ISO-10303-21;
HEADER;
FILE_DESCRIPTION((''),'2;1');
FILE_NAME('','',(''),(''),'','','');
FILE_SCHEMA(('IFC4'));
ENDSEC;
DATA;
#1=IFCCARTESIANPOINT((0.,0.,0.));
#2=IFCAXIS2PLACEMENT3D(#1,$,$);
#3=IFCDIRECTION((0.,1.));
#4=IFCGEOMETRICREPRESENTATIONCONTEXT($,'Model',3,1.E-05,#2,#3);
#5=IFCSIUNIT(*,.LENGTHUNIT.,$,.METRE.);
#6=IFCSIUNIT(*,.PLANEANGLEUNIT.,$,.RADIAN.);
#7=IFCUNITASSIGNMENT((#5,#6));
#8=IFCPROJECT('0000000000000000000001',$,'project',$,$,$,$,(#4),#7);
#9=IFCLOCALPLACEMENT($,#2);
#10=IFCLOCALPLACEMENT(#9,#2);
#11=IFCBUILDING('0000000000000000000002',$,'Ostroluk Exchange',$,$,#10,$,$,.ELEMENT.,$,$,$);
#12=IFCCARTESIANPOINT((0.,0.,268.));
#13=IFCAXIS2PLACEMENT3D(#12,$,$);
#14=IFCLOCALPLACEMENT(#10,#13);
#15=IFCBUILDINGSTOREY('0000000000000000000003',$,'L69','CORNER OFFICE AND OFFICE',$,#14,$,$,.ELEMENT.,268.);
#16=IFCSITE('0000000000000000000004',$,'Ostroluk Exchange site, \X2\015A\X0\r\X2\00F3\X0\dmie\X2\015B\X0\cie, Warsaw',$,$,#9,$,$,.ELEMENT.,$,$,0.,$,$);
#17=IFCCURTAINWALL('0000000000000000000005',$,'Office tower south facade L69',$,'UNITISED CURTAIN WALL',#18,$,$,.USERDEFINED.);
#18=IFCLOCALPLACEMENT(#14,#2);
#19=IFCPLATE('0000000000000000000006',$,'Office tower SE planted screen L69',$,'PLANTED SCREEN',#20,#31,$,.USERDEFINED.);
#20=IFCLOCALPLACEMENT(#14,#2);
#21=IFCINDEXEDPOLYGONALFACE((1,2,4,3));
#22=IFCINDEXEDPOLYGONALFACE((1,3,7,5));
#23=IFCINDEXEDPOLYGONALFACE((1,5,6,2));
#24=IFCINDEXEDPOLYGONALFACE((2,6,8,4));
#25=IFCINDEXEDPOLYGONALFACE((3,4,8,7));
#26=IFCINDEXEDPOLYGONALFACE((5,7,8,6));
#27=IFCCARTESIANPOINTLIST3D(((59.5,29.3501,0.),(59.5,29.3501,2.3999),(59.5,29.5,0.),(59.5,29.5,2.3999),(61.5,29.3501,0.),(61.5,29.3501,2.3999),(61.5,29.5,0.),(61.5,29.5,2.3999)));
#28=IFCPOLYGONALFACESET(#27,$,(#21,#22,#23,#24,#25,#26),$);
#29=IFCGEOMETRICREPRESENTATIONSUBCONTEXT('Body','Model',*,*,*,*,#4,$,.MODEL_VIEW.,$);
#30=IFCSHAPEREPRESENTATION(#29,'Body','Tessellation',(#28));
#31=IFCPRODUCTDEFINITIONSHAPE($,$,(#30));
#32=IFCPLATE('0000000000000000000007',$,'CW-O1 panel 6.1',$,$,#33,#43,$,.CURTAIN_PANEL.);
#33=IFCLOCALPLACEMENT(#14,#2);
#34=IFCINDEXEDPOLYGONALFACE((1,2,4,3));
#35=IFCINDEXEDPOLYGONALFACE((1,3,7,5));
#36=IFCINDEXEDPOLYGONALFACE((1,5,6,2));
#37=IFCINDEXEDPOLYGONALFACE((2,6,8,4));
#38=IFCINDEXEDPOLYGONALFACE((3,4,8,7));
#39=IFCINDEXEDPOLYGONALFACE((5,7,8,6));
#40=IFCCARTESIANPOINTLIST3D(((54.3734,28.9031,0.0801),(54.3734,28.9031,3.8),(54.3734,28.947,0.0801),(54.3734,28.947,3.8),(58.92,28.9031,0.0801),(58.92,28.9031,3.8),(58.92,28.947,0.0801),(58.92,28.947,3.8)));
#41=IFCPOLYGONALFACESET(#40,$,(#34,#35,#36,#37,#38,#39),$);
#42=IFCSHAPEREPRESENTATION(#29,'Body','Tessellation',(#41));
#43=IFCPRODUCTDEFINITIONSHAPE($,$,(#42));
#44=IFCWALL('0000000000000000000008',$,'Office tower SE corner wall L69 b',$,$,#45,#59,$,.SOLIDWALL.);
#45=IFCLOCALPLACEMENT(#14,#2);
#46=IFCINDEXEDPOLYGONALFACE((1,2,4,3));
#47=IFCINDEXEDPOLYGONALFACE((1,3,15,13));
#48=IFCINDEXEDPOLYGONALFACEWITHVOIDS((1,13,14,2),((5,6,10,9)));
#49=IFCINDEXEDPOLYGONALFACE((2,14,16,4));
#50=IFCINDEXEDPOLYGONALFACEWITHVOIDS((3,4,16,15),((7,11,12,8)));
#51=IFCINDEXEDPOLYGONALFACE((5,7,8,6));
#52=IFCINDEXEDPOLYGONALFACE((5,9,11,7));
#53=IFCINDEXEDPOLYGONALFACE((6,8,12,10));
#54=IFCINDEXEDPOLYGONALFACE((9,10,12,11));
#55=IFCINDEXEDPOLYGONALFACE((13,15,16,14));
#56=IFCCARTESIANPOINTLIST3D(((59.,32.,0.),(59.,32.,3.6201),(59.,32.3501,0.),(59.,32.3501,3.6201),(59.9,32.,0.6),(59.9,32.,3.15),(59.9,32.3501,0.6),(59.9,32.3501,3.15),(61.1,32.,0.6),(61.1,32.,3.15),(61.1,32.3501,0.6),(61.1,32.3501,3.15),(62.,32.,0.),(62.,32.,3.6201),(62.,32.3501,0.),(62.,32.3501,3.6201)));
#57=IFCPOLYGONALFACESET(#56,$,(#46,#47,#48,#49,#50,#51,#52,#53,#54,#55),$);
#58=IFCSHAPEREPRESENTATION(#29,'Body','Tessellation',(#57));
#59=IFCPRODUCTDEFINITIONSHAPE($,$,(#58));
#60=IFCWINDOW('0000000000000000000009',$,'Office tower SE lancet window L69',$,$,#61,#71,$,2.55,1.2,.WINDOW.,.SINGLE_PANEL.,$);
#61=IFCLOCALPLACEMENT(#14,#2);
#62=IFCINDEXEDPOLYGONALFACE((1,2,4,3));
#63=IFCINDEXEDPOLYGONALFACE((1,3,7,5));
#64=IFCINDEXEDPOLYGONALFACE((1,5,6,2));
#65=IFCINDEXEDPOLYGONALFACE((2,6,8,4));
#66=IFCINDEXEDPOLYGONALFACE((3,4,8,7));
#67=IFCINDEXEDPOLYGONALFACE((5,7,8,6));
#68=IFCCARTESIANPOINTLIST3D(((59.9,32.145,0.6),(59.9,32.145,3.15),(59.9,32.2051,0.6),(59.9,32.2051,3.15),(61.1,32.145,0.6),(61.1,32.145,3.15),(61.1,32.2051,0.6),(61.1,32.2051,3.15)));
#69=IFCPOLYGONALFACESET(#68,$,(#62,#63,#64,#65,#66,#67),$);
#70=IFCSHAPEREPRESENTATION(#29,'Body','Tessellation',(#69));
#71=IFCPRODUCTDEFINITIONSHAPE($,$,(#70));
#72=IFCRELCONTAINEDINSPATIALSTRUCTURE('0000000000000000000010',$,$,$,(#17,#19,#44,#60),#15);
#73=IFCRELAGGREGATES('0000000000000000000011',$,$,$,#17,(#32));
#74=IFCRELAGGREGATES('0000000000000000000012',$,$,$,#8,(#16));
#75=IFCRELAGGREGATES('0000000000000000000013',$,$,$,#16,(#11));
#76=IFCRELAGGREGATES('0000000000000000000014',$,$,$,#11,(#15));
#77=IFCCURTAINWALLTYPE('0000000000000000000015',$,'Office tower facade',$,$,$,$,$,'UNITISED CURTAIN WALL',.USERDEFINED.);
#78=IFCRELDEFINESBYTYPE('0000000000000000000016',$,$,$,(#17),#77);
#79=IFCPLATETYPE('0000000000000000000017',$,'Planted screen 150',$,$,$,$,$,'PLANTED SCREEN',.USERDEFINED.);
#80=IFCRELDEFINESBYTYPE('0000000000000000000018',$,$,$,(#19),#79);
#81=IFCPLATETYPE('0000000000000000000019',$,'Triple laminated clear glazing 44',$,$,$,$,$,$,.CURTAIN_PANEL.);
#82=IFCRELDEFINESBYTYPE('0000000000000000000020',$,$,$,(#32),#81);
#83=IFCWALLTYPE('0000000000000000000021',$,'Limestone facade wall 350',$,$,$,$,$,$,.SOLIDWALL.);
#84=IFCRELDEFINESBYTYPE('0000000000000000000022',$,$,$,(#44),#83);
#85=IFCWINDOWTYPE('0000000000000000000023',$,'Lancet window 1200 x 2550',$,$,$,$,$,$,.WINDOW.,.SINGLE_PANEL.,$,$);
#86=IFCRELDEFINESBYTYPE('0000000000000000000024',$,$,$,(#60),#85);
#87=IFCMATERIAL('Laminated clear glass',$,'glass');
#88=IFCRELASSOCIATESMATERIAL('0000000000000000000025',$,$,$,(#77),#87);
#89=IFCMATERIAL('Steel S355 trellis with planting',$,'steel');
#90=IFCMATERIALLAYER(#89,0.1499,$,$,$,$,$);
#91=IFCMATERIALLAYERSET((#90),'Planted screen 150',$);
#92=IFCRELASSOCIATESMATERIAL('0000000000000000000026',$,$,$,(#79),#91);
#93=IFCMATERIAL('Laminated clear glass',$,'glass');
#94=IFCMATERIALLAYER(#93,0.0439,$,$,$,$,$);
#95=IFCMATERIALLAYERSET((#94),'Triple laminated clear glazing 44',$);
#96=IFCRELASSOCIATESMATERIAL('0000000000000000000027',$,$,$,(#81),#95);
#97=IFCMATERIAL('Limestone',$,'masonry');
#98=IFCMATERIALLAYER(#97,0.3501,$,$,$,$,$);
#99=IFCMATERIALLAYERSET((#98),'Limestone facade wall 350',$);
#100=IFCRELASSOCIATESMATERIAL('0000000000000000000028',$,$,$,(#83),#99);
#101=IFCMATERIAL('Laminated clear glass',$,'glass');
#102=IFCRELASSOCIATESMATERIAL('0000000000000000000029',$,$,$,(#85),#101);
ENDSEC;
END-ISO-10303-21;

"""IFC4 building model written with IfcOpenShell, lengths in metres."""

from ifc_helpers import new_model, si_unit, direction, frame, frame_2d, origin, origin_2d, place, context, subcontext, project, spatial, rectangle, extrude, material, layer, layer_set, type_object, element, fill, aggregate, save


model = new_model("IFC4")

# Units and contexts
model_context = context("Model", 3, precision=1e-05, world=origin(), true_north=direction((0.0, 1.0)))
body_context = subcontext(model_context, "Body", "Model", "MODEL_VIEW")
ifc_project = project(units=[si_unit("LENGTHUNIT", "METRE"), si_unit("PLANEANGLEUNIT", "RADIAN")], contexts=[model_context])

# Site, building, storey
site_placement = place(None, origin())
site = spatial("IfcSite", under=ifc_project, at=site_placement, Name="Ostroluk Exchange site, Śródmieście, Warsaw", CompositionType="ELEMENT", RefElevation=0.0)
building_placement = place(site_placement, origin())
building = spatial("IfcBuilding", under=site, at=building_placement, Name="Ostroluk Exchange", CompositionType="ELEMENT")
storey_placement = place(building_placement, frame((0.0, 0.0, 268.0)))
storey = spatial("IfcBuildingStorey", under=building, at=storey_placement, Name="L69", Description="CORNER OFFICE AND OFFICE", CompositionType="ELEMENT", Elevation=268.0)

# Curtain wall
ifc_material_1 = material(Name="Laminated clear glass", Category="glass")
curtain_wall_type = type_object("IfcCurtainWallType", Name="Office tower facade", ElementType="UNITISED CURTAIN WALL", PredefinedType="USERDEFINED", material=ifc_material_1)
curtain_wall_1_placement = place(storey_placement, origin())
curtain_wall_1 = element("IfcCurtainWall", 1, at=curtain_wall_1_placement, inside=storey, type_object=curtain_wall_type, Name="Office tower south facade L69", ObjectType="UNITISED CURTAIN WALL", PredefinedType="USERDEFINED")

# Plates
ifc_material_2 = material(Name="Steel S355 trellis with planting", Category="steel")
ifc_layer_1 = layer(ifc_material_2, 0.1499)
ifc_layer_set_1 = layer_set([ifc_layer_1], Name="Planted screen 150")
plate_type_1 = type_object("IfcPlateType", Name="Planted screen 150", ElementType="PLANTED SCREEN", PredefinedType="USERDEFINED", material=ifc_layer_set_1)
plate_1_placement = place(storey_placement, frame((60.5, 29.425, 0.0), z_axis=(0.0, 0.0, 1.0), x_axis=(1.0, 0.0, 0.0)))
element("IfcPlate", 2, at=plate_1_placement, inside=storey, type_object=plate_type_1, Name="Office tower SE planted screen L69", ObjectType="PLANTED SCREEN", PredefinedType="USERDEFINED", context=body_context, shape_type="SweptSolid", body=[
    extrude(rectangle(XDim=2.0, YDim=0.1499, at=origin_2d()), origin(), (0.0, 0.0, 1.0), 2.3999),
])
ifc_material_3 = material(Name="Laminated clear glass", Category="glass")
ifc_layer_2 = layer(ifc_material_3, 0.0439)
ifc_layer_set_2 = layer_set([ifc_layer_2], Name="Triple laminated clear glazing 44")
plate_type_2 = type_object("IfcPlateType", Name="Triple laminated clear glazing 44", PredefinedType="CURTAIN_PANEL", material=ifc_layer_set_2)
plate_2_placement = place(storey_placement, frame((56.6467, 28.925, 0.0801), z_axis=(0.0, 0.0, 1.0), x_axis=(1.0, 0.0, 0.0)))
plate_2 = element("IfcPlate", 3, at=plate_2_placement, type_object=plate_type_2, Name="CW-O1 panel 6.1", PredefinedType="CURTAIN_PANEL", context=body_context, shape_type="SweptSolid", body=[
    extrude(rectangle(XDim=4.5466, YDim=0.0439, at=origin_2d()), origin(), (0.0, 0.0, 1.0), 3.72),
])
aggregate(curtain_wall_1, [plate_2])

# Shared definitions
ifc_material_4 = material(Name="Limestone", Category="masonry")
ifc_layer_3 = layer(ifc_material_4, 0.3501)
ifc_layer_set_3 = layer_set([ifc_layer_3], Name="Limestone facade wall 350")
wall_type = type_object("IfcWallType", Name="Limestone facade wall 350", PredefinedType="SOLIDWALL", material=ifc_layer_set_3)

# Wall, opening, window
wall_1_placement = place(storey_placement, frame((59.0, 32.175, 0.0), z_axis=(0.0, 0.0, 1.0), x_axis=(1.0, 0.0, 0.0)))
wall_1 = element("IfcWall", 4, at=wall_1_placement, inside=storey, type_object=wall_type, Name="Office tower SE corner wall L69 b", PredefinedType="SOLIDWALL", context=body_context, shape_type="SweptSolid", body=[
    extrude(rectangle(XDim=3.0, YDim=0.3501, at=frame_2d((1.5, 0.0))), origin(), (0.0, 0.0, 1.0), 3.6201),
])
opening_1_placement = place(wall_1_placement, frame((0.8999, 0.0, 0.6001)))
opening_1 = element("IfcOpeningElement", 5, at=opening_1_placement, cuts=wall_1, PredefinedType="OPENING", context=body_context, shape_type="SweptSolid", body=[
    extrude(rectangle(XDim=1.2, YDim=2.55, at=frame_2d((0.6001, 1.2749))), frame((0.0, 0.1851, 0.0), z_axis=(0.0, -1.0, 0.0), x_axis=(1.0, 0.0, 0.0)), (0.0, 0.0, 1.0), 0.3701),
])
ifc_material_5 = material(Name="Laminated clear glass", Category="glass")
window_type = type_object("IfcWindowType", Name="Lancet window 1200 x 2550", PartitioningType="SINGLE_PANEL", PredefinedType="WINDOW", material=ifc_material_5)
window_placement = place(opening_1_placement, origin())
window = element("IfcWindow", 6, at=window_placement, inside=storey, type_object=window_type, Name="Office tower SE lancet window L69", OverallHeight=2.55, OverallWidth=1.2, PartitioningType="SINGLE_PANEL", PredefinedType="WINDOW", context=body_context, shape_type="SweptSolid", body=[
    extrude(rectangle(XDim=1.2, YDim=2.55, at=frame_2d((0.6001, 1.2749))), frame((0.0, 0.03, 0.0), z_axis=(0.0, -1.0, 0.0), x_axis=(1.0, 0.0, 0.0)), (0.0, 0.0, 1.0), 0.0601),
])
fill(opening_1, window)

save(model, "model.ifc")
